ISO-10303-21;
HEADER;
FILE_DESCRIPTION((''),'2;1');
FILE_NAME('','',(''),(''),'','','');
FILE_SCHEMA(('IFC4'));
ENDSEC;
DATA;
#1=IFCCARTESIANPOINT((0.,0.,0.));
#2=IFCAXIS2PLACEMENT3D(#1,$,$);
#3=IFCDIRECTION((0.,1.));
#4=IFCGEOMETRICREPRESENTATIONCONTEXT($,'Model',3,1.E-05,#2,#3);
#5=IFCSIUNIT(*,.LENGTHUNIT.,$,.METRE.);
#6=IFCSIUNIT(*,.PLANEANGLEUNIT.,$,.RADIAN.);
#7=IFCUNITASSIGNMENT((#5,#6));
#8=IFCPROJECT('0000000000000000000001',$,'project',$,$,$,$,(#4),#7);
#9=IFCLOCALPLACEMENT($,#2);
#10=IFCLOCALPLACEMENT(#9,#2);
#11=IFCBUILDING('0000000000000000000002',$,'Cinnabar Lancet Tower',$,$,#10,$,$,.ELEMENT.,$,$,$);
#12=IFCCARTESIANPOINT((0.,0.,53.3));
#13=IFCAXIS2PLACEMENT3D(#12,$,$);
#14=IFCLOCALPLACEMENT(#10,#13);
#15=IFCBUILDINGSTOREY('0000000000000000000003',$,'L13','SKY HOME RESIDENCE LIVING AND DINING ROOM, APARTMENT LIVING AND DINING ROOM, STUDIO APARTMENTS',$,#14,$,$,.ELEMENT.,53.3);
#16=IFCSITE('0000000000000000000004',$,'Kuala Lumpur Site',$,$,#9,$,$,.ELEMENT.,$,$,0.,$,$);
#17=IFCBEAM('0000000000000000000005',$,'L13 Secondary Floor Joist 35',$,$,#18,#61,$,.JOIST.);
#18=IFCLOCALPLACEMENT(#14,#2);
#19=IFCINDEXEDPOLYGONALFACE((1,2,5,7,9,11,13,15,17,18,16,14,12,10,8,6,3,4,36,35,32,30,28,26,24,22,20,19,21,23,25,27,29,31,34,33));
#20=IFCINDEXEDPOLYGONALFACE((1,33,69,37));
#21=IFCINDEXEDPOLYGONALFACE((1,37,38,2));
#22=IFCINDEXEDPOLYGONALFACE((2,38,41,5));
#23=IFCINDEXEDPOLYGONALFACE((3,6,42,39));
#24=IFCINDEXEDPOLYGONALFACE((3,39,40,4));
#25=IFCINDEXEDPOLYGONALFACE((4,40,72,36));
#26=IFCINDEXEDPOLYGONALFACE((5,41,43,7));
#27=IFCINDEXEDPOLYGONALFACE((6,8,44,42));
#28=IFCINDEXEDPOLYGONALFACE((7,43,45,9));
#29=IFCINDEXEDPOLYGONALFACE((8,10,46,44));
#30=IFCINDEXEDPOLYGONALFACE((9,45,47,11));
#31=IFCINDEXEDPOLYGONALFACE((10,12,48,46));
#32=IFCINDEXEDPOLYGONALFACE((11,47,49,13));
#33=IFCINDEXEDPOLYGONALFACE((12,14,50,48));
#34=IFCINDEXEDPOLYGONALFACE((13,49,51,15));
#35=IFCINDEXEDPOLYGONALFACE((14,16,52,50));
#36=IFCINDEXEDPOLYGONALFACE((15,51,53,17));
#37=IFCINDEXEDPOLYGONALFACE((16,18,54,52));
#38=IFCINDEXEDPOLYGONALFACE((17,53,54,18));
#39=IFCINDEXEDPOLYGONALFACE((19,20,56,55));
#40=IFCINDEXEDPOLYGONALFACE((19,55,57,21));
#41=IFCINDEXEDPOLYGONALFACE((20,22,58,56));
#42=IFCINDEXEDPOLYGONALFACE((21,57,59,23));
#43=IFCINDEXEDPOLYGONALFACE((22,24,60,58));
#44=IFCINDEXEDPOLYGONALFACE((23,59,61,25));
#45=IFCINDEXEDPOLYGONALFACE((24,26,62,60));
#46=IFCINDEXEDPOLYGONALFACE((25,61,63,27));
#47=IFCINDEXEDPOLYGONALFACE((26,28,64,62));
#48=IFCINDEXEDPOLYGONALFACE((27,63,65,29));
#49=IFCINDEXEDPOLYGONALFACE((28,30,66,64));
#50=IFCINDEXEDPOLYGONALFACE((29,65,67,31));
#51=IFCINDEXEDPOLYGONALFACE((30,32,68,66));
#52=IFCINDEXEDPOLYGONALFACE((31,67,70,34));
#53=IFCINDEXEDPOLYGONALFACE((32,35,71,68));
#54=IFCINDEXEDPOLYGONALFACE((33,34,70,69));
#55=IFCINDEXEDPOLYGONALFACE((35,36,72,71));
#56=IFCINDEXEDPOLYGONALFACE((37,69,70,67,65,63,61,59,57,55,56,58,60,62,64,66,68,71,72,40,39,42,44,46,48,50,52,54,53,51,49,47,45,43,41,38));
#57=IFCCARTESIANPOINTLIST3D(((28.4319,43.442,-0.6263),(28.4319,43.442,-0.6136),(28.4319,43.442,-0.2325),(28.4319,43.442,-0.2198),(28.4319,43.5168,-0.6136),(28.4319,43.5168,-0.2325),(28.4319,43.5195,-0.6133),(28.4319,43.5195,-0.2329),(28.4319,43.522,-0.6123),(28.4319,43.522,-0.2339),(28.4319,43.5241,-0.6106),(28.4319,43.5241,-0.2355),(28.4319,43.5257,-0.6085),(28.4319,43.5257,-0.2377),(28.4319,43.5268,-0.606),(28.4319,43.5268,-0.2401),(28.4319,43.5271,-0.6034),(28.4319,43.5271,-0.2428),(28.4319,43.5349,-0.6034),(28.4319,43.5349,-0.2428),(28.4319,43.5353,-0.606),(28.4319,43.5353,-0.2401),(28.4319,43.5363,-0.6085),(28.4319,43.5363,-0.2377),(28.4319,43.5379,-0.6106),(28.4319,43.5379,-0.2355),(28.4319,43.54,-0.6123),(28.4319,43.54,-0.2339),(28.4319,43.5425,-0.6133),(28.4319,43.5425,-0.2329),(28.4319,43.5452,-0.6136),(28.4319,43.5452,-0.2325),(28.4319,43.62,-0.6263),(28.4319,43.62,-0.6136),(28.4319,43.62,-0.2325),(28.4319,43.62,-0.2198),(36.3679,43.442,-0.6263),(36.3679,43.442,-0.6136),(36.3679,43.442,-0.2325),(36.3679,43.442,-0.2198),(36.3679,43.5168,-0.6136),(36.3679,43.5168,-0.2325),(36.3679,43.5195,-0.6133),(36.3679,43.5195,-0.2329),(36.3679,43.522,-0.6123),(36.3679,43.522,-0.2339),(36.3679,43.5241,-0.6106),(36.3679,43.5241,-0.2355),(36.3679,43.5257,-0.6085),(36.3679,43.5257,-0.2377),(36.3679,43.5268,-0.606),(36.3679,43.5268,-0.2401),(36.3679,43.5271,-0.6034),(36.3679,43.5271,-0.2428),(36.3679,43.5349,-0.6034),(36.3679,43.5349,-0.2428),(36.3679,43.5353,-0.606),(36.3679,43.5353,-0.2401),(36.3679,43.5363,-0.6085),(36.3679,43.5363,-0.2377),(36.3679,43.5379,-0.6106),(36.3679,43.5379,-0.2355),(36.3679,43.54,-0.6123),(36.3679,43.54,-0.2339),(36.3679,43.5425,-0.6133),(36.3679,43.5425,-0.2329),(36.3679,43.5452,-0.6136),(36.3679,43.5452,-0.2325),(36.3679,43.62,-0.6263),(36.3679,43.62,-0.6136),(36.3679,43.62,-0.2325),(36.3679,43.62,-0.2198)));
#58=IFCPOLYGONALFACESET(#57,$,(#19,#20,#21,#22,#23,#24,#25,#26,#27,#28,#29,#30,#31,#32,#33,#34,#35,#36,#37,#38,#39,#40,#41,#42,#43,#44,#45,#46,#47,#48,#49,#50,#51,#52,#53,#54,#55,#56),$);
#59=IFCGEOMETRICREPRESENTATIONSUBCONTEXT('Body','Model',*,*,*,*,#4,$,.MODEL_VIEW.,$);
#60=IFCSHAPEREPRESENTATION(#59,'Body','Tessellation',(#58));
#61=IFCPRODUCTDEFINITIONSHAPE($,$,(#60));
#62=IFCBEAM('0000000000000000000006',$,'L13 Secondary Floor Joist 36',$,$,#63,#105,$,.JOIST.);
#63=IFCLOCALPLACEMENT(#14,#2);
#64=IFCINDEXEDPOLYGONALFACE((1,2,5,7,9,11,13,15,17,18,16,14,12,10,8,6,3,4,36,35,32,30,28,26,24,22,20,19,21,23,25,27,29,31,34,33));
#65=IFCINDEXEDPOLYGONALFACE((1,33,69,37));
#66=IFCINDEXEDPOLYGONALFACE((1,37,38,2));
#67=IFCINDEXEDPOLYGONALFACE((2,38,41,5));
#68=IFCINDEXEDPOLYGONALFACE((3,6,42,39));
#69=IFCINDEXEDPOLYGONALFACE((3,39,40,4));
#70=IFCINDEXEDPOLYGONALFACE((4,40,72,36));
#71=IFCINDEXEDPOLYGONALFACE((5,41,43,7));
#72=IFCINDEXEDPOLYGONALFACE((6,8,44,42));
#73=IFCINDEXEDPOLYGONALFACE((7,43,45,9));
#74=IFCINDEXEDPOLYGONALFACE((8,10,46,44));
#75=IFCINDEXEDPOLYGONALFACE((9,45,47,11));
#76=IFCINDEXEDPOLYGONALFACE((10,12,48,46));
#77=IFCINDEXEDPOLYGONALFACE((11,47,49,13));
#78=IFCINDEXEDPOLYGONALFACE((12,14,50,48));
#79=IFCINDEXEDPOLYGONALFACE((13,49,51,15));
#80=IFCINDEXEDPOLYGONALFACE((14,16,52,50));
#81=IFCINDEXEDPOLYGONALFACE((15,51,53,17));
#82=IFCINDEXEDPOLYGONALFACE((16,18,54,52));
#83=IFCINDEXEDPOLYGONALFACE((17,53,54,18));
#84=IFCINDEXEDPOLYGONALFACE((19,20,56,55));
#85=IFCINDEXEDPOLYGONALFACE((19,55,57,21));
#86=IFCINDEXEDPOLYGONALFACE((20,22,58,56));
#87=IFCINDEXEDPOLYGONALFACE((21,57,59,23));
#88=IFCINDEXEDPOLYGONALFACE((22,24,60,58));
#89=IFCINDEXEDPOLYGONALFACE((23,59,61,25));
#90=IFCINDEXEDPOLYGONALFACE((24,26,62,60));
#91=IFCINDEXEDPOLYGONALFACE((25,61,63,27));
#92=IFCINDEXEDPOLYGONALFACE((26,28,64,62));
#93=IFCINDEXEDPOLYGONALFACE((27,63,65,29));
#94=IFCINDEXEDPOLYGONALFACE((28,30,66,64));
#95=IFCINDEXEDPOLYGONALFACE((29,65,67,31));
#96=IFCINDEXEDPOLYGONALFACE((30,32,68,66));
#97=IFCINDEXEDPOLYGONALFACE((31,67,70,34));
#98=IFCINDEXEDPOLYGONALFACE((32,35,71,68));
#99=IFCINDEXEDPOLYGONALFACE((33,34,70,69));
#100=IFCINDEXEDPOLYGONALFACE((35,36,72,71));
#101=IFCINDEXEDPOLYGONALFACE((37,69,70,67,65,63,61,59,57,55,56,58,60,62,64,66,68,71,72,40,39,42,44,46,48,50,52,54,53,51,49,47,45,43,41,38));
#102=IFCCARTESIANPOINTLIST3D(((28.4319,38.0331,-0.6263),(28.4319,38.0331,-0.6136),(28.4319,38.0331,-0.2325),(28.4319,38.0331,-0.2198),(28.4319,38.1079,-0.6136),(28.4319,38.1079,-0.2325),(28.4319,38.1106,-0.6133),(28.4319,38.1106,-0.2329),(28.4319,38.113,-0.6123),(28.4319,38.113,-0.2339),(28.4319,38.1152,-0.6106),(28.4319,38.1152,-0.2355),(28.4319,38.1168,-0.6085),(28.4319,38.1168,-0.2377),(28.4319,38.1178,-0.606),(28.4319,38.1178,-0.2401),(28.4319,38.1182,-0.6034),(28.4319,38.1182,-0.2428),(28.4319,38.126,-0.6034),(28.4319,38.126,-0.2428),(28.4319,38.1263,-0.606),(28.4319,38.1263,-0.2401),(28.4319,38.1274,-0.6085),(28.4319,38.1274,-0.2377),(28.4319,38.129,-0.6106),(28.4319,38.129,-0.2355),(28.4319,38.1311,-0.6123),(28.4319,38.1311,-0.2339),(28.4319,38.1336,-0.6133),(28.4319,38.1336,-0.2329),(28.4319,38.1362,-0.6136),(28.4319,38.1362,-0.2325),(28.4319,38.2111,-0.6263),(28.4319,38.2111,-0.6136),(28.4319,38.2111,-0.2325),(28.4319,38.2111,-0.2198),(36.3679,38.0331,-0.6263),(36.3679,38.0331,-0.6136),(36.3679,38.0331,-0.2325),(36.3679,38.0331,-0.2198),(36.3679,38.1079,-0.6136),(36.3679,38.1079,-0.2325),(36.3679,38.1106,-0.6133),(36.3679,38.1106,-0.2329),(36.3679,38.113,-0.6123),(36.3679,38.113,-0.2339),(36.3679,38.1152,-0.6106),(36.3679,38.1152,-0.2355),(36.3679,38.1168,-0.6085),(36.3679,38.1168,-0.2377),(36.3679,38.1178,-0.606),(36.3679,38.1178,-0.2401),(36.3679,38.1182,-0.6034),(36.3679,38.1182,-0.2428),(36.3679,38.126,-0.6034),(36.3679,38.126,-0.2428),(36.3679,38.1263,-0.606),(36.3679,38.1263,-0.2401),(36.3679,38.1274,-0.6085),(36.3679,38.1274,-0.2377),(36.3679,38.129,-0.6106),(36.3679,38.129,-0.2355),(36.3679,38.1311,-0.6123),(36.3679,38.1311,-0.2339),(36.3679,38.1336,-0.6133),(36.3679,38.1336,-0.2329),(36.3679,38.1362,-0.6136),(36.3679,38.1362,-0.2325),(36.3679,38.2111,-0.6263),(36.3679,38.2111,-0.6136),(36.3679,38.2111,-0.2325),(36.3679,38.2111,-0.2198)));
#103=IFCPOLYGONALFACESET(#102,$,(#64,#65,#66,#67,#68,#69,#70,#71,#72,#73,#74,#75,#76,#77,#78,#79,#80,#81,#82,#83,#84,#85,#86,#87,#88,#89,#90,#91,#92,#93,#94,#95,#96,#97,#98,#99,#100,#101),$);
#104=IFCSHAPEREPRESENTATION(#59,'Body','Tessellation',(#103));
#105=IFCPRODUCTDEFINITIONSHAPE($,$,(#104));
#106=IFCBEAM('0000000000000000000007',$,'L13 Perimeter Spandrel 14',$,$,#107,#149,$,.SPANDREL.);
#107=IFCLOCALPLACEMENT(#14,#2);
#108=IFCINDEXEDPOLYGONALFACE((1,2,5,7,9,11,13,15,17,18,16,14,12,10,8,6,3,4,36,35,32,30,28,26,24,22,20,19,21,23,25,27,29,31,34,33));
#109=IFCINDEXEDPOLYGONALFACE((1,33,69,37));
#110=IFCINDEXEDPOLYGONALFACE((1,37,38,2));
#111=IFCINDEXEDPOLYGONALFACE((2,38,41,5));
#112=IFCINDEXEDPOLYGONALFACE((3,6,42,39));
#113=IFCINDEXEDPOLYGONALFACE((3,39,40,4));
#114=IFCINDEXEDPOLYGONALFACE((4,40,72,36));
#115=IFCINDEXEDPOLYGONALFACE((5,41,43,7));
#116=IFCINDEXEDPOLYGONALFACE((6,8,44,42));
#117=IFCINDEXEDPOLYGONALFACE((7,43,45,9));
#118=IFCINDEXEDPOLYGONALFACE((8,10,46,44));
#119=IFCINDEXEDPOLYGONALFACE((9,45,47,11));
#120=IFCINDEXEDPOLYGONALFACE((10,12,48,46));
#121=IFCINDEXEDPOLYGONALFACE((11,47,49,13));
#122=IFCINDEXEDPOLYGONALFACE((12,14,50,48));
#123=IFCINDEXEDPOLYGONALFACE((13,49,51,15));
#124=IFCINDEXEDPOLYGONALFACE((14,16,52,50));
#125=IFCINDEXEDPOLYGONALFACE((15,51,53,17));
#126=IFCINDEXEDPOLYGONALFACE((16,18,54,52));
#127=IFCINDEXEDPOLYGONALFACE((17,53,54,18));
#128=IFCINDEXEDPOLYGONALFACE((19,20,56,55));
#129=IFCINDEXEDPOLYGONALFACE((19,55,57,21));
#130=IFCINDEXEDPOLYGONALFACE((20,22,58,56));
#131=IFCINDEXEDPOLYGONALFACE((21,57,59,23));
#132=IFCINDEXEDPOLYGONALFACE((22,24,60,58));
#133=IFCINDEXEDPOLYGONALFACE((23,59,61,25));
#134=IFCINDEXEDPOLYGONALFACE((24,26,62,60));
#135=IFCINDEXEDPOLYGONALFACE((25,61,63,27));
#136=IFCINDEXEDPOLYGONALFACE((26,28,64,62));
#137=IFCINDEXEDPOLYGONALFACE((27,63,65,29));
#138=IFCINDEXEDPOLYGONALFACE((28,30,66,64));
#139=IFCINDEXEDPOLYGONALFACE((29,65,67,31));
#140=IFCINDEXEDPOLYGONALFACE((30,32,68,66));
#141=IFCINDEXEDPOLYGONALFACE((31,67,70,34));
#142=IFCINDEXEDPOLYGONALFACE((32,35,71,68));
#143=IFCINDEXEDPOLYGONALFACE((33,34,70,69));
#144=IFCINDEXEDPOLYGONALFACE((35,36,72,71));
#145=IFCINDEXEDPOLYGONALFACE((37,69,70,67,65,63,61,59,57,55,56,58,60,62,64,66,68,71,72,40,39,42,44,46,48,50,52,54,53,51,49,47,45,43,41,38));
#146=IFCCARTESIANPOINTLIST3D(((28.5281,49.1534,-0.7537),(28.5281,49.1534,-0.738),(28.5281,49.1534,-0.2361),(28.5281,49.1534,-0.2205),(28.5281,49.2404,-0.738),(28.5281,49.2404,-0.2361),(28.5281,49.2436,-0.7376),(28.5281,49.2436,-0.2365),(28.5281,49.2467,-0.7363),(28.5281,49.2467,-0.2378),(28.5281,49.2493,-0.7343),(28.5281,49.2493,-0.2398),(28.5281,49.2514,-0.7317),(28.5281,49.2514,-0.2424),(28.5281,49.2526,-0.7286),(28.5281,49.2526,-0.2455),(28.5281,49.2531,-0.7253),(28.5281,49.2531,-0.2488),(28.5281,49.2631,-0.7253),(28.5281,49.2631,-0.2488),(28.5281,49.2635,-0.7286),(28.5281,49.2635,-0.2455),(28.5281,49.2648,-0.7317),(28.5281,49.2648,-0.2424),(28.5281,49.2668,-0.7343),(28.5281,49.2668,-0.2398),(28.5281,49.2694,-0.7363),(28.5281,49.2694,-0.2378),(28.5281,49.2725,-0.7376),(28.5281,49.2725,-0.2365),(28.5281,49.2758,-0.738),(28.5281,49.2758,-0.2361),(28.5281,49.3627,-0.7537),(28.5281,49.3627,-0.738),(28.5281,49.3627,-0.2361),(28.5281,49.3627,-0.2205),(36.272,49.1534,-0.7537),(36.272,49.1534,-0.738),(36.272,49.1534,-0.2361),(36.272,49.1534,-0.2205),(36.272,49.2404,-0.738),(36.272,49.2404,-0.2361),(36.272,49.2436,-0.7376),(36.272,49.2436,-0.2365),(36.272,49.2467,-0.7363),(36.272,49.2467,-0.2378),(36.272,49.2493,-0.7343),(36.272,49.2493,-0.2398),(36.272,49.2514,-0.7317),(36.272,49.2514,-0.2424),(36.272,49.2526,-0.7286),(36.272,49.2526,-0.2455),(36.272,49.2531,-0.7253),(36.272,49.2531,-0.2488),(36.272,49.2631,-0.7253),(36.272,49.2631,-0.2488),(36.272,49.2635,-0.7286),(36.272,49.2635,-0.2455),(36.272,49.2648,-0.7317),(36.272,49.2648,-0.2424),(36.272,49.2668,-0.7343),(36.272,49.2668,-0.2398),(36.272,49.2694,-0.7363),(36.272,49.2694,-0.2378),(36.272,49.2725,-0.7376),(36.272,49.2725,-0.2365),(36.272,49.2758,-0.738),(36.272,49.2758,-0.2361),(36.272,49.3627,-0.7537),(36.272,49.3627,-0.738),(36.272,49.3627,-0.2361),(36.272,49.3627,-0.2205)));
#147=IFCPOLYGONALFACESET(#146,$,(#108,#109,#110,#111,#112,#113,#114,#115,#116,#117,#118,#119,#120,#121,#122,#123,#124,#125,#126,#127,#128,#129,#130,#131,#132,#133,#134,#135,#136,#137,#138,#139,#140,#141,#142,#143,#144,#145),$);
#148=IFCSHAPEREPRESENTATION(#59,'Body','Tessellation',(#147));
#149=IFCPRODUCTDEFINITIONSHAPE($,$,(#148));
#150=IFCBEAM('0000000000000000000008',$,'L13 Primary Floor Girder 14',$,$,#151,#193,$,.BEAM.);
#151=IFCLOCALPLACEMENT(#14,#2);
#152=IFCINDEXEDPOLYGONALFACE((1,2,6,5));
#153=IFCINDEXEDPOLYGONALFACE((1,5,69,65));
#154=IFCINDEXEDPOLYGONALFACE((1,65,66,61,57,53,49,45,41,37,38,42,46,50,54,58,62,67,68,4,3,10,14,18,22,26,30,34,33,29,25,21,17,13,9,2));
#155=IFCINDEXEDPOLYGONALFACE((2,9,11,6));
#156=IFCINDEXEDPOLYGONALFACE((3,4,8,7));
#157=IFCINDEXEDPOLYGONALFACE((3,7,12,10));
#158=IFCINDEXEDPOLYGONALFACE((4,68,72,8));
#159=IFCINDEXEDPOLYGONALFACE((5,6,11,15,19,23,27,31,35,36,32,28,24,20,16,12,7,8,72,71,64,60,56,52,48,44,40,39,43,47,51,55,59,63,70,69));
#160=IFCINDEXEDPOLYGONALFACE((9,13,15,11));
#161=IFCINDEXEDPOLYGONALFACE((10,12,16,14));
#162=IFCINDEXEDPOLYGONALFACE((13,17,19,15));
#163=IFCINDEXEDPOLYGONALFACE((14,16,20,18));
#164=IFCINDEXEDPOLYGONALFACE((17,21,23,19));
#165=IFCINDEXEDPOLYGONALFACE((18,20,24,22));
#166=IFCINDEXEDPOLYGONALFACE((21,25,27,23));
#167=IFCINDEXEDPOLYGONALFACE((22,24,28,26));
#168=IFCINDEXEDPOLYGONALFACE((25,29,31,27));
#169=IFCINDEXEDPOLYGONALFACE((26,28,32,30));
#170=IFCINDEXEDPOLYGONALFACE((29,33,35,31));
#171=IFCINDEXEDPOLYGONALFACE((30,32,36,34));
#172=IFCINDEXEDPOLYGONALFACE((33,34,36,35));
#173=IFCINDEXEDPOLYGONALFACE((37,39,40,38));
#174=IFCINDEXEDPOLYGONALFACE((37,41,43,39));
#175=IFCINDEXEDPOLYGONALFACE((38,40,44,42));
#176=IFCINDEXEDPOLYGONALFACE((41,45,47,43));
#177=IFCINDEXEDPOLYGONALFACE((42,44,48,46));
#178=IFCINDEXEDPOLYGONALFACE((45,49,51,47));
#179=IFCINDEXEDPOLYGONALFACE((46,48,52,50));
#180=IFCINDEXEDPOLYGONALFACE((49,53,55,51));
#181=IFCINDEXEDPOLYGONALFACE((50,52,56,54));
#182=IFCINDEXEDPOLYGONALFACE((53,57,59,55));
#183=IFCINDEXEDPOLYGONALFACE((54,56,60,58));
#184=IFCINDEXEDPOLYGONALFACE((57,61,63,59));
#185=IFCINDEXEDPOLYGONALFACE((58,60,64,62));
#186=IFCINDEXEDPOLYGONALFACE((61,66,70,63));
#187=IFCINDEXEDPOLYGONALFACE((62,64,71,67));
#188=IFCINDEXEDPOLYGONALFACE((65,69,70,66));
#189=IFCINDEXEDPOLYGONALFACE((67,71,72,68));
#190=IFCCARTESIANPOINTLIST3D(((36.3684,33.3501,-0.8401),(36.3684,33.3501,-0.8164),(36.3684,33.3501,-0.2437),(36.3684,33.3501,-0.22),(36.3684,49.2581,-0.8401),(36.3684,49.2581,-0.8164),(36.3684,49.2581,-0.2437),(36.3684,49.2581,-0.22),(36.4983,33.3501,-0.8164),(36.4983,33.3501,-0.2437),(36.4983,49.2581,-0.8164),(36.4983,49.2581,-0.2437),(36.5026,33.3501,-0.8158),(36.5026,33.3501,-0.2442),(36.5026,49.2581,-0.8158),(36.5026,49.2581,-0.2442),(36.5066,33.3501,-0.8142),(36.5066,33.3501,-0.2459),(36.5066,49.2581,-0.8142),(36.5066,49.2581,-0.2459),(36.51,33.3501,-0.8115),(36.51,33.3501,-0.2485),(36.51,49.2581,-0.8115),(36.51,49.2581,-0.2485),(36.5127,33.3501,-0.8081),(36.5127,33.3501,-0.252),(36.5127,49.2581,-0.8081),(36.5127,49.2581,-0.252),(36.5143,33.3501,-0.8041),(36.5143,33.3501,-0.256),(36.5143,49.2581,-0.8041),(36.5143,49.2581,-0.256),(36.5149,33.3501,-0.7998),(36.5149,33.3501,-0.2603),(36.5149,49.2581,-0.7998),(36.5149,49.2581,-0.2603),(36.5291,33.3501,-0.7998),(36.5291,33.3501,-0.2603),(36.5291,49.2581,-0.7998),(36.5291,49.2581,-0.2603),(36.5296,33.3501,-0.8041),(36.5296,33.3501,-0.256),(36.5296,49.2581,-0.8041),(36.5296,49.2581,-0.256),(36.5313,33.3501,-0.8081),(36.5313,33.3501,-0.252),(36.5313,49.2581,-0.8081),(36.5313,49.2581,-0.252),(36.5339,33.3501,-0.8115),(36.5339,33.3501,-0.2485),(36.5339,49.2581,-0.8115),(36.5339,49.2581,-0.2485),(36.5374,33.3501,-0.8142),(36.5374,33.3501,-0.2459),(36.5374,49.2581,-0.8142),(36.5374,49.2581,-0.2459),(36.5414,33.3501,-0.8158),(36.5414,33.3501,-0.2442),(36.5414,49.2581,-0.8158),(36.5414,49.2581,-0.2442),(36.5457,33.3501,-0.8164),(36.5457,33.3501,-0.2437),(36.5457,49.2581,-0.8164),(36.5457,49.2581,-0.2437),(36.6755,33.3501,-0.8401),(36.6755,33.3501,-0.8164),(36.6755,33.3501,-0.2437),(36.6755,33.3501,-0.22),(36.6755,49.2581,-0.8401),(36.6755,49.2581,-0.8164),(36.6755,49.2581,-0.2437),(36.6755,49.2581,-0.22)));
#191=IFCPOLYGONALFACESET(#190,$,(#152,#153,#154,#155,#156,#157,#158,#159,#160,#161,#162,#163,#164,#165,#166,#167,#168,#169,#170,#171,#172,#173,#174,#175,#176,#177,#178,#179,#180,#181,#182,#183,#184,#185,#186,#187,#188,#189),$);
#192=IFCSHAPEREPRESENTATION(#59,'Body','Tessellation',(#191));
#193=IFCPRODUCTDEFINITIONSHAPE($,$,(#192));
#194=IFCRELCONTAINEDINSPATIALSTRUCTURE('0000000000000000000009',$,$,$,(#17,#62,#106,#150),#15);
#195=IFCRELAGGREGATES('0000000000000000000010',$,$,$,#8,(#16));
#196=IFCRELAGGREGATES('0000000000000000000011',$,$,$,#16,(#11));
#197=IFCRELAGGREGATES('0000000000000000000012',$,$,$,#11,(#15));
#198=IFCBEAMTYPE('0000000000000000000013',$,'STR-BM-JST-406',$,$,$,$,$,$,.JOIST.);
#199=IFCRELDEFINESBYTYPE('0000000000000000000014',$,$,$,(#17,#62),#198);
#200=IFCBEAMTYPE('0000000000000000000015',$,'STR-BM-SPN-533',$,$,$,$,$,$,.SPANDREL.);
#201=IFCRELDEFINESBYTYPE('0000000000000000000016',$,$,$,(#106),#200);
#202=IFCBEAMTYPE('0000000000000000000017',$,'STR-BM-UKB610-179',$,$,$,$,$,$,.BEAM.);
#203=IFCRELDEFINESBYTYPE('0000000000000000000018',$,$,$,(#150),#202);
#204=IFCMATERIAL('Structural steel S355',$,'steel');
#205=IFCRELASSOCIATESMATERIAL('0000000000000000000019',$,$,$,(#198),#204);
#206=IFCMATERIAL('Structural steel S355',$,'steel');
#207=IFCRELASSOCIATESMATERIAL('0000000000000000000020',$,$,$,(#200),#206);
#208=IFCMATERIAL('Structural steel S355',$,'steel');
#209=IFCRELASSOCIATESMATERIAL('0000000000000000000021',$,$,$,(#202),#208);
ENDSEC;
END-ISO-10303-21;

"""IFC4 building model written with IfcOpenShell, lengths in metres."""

from ifc_helpers import new_model, si_unit, direction, frame, origin, origin_2d, place, context, subcontext, project, spatial, i_section, extrude, material, material_profile, profile_set, type_object, element, save


model = new_model("IFC4")

# Units and contexts
model_context = context("Model", 3, precision=1e-05, world=origin(), true_north=direction((0.0, 1.0)))
body_context = subcontext(model_context, "Body", "Model", "MODEL_VIEW")
ifc_project = project(units=[si_unit("LENGTHUNIT", "METRE"), si_unit("PLANEANGLEUNIT", "RADIAN")], contexts=[model_context])

# Site, building, storey
site_placement = place(None, origin())
site = spatial("IfcSite", under=ifc_project, at=site_placement, Name="Kuala Lumpur Site", CompositionType="ELEMENT", RefElevation=0.0)
building_placement = place(site_placement, origin())
building = spatial("IfcBuilding", under=site, at=building_placement, Name="Cinnabar Lancet Tower", CompositionType="ELEMENT")
storey_placement = place(building_placement, frame((0.0, 0.0, 53.3)))
storey = spatial("IfcBuildingStorey", under=building, at=storey_placement, Name="L13", Description="SKY HOME RESIDENCE LIVING AND DINING ROOM, APARTMENT LIVING AND DINING ROOM, STUDIO APARTMENTS", CompositionType="ELEMENT", Elevation=53.3)

# Beams
ifc_material_1 = material(Name="Structural steel S355", Category="steel")
ifc_material_profile_1 = material_profile(ifc_material_1, i_section(OverallWidth=0.178, OverallDepth=0.4065, WebThickness=0.0078, FlangeThickness=0.0127, FilletRadius=0.0103, at=origin_2d()), Name="UKB 406x178x60")
ifc_profile_set_1 = profile_set([ifc_material_profile_1], Name="Structural steel S355")
beam_type_1 = type_object("IfcBeamType", Name="STR-BM-JST-406", PredefinedType="JOIST", material=ifc_profile_set_1)
for number, where, z_axis, x_axis, name in (
    (1, (36.3679, 43.531, -0.4231), (-1.0, 0.0, 0.0), (0.0, -1.0, 0.0), "L13 Secondary Floor Joist 35"),
    (2, (36.3679, 38.1221, -0.4231), (-1.0, 0.0, 0.0), (0.0, -1.0, 0.0), "L13 Secondary Floor Joist 36"),
):
    element("IfcBeam", number, at=place(storey_placement, frame(where, z_axis=z_axis, x_axis=x_axis)), inside=storey, type_object=beam_type_1, Name=name, PredefinedType="JOIST", context=body_context, shape_type="SweptSolid", body=[
        extrude(i_section(OverallWidth=0.178, OverallDepth=0.4065, WebThickness=0.0078, FlangeThickness=0.0127, FilletRadius=0.0103, at=origin_2d()), origin(), (0.0, 0.0, 1.0), 7.936),
    ])
ifc_material_2 = material(Name="Structural steel S355", Category="steel")
ifc_material_profile_2 = material_profile(ifc_material_2, i_section(OverallWidth=0.2092, OverallDepth=0.5332, WebThickness=0.01, FlangeThickness=0.0156, FilletRadius=0.0127, at=origin_2d()), Name="UKB 533x210x92")
ifc_profile_set_2 = profile_set([ifc_material_profile_2], Name="Structural steel S355")
beam_type_2 = type_object("IfcBeamType", Name="STR-BM-SPN-533", PredefinedType="SPANDREL", material=ifc_profile_set_2)
beam_1_placement = place(storey_placement, frame((36.272, 49.2581, -0.4871), z_axis=(-1.0, 0.0, 0.0), x_axis=(0.0, -1.0, 0.0)))
element("IfcBeam", 3, at=beam_1_placement, inside=storey, type_object=beam_type_2, Name="L13 Perimeter Spandrel 14", PredefinedType="SPANDREL", context=body_context, shape_type="SweptSolid", body=[
    extrude(i_section(OverallWidth=0.2092, OverallDepth=0.5332, WebThickness=0.01, FlangeThickness=0.0156, FilletRadius=0.0127, at=origin_2d()), origin(), (0.0, 0.0, 1.0), 7.7439),
])
ifc_material_3 = material(Name="Structural steel S355", Category="steel")
ifc_material_profile_3 = material_profile(ifc_material_3, i_section(OverallWidth=0.3071, OverallDepth=0.6201, WebThickness=0.0142, FlangeThickness=0.0237, FilletRadius=0.0166, at=origin_2d()), Name="UKB 610x305x179")
ifc_profile_set_3 = profile_set([ifc_material_profile_3], Name="Structural steel S355")
beam_type_3 = type_object("IfcBeamType", Name="STR-BM-UKB610-179", PredefinedType="BEAM", material=ifc_profile_set_3)
beam_2_placement = place(storey_placement, frame((36.522, 49.2581, -0.53), z_axis=(0.0, -1.0, 0.0), x_axis=(1.0, 0.0, 0.0)))
element("IfcBeam", 4, at=beam_2_placement, inside=storey, type_object=beam_type_3, Name="L13 Primary Floor Girder 14", PredefinedType="BEAM", context=body_context, shape_type="SweptSolid", body=[
    extrude(i_section(OverallWidth=0.3071, OverallDepth=0.6201, WebThickness=0.0142, FlangeThickness=0.0237, FilletRadius=0.0166, at=origin_2d()), origin(), (0.0, 0.0, 1.0), 15.908),
])

save(model, "model.ifc")
